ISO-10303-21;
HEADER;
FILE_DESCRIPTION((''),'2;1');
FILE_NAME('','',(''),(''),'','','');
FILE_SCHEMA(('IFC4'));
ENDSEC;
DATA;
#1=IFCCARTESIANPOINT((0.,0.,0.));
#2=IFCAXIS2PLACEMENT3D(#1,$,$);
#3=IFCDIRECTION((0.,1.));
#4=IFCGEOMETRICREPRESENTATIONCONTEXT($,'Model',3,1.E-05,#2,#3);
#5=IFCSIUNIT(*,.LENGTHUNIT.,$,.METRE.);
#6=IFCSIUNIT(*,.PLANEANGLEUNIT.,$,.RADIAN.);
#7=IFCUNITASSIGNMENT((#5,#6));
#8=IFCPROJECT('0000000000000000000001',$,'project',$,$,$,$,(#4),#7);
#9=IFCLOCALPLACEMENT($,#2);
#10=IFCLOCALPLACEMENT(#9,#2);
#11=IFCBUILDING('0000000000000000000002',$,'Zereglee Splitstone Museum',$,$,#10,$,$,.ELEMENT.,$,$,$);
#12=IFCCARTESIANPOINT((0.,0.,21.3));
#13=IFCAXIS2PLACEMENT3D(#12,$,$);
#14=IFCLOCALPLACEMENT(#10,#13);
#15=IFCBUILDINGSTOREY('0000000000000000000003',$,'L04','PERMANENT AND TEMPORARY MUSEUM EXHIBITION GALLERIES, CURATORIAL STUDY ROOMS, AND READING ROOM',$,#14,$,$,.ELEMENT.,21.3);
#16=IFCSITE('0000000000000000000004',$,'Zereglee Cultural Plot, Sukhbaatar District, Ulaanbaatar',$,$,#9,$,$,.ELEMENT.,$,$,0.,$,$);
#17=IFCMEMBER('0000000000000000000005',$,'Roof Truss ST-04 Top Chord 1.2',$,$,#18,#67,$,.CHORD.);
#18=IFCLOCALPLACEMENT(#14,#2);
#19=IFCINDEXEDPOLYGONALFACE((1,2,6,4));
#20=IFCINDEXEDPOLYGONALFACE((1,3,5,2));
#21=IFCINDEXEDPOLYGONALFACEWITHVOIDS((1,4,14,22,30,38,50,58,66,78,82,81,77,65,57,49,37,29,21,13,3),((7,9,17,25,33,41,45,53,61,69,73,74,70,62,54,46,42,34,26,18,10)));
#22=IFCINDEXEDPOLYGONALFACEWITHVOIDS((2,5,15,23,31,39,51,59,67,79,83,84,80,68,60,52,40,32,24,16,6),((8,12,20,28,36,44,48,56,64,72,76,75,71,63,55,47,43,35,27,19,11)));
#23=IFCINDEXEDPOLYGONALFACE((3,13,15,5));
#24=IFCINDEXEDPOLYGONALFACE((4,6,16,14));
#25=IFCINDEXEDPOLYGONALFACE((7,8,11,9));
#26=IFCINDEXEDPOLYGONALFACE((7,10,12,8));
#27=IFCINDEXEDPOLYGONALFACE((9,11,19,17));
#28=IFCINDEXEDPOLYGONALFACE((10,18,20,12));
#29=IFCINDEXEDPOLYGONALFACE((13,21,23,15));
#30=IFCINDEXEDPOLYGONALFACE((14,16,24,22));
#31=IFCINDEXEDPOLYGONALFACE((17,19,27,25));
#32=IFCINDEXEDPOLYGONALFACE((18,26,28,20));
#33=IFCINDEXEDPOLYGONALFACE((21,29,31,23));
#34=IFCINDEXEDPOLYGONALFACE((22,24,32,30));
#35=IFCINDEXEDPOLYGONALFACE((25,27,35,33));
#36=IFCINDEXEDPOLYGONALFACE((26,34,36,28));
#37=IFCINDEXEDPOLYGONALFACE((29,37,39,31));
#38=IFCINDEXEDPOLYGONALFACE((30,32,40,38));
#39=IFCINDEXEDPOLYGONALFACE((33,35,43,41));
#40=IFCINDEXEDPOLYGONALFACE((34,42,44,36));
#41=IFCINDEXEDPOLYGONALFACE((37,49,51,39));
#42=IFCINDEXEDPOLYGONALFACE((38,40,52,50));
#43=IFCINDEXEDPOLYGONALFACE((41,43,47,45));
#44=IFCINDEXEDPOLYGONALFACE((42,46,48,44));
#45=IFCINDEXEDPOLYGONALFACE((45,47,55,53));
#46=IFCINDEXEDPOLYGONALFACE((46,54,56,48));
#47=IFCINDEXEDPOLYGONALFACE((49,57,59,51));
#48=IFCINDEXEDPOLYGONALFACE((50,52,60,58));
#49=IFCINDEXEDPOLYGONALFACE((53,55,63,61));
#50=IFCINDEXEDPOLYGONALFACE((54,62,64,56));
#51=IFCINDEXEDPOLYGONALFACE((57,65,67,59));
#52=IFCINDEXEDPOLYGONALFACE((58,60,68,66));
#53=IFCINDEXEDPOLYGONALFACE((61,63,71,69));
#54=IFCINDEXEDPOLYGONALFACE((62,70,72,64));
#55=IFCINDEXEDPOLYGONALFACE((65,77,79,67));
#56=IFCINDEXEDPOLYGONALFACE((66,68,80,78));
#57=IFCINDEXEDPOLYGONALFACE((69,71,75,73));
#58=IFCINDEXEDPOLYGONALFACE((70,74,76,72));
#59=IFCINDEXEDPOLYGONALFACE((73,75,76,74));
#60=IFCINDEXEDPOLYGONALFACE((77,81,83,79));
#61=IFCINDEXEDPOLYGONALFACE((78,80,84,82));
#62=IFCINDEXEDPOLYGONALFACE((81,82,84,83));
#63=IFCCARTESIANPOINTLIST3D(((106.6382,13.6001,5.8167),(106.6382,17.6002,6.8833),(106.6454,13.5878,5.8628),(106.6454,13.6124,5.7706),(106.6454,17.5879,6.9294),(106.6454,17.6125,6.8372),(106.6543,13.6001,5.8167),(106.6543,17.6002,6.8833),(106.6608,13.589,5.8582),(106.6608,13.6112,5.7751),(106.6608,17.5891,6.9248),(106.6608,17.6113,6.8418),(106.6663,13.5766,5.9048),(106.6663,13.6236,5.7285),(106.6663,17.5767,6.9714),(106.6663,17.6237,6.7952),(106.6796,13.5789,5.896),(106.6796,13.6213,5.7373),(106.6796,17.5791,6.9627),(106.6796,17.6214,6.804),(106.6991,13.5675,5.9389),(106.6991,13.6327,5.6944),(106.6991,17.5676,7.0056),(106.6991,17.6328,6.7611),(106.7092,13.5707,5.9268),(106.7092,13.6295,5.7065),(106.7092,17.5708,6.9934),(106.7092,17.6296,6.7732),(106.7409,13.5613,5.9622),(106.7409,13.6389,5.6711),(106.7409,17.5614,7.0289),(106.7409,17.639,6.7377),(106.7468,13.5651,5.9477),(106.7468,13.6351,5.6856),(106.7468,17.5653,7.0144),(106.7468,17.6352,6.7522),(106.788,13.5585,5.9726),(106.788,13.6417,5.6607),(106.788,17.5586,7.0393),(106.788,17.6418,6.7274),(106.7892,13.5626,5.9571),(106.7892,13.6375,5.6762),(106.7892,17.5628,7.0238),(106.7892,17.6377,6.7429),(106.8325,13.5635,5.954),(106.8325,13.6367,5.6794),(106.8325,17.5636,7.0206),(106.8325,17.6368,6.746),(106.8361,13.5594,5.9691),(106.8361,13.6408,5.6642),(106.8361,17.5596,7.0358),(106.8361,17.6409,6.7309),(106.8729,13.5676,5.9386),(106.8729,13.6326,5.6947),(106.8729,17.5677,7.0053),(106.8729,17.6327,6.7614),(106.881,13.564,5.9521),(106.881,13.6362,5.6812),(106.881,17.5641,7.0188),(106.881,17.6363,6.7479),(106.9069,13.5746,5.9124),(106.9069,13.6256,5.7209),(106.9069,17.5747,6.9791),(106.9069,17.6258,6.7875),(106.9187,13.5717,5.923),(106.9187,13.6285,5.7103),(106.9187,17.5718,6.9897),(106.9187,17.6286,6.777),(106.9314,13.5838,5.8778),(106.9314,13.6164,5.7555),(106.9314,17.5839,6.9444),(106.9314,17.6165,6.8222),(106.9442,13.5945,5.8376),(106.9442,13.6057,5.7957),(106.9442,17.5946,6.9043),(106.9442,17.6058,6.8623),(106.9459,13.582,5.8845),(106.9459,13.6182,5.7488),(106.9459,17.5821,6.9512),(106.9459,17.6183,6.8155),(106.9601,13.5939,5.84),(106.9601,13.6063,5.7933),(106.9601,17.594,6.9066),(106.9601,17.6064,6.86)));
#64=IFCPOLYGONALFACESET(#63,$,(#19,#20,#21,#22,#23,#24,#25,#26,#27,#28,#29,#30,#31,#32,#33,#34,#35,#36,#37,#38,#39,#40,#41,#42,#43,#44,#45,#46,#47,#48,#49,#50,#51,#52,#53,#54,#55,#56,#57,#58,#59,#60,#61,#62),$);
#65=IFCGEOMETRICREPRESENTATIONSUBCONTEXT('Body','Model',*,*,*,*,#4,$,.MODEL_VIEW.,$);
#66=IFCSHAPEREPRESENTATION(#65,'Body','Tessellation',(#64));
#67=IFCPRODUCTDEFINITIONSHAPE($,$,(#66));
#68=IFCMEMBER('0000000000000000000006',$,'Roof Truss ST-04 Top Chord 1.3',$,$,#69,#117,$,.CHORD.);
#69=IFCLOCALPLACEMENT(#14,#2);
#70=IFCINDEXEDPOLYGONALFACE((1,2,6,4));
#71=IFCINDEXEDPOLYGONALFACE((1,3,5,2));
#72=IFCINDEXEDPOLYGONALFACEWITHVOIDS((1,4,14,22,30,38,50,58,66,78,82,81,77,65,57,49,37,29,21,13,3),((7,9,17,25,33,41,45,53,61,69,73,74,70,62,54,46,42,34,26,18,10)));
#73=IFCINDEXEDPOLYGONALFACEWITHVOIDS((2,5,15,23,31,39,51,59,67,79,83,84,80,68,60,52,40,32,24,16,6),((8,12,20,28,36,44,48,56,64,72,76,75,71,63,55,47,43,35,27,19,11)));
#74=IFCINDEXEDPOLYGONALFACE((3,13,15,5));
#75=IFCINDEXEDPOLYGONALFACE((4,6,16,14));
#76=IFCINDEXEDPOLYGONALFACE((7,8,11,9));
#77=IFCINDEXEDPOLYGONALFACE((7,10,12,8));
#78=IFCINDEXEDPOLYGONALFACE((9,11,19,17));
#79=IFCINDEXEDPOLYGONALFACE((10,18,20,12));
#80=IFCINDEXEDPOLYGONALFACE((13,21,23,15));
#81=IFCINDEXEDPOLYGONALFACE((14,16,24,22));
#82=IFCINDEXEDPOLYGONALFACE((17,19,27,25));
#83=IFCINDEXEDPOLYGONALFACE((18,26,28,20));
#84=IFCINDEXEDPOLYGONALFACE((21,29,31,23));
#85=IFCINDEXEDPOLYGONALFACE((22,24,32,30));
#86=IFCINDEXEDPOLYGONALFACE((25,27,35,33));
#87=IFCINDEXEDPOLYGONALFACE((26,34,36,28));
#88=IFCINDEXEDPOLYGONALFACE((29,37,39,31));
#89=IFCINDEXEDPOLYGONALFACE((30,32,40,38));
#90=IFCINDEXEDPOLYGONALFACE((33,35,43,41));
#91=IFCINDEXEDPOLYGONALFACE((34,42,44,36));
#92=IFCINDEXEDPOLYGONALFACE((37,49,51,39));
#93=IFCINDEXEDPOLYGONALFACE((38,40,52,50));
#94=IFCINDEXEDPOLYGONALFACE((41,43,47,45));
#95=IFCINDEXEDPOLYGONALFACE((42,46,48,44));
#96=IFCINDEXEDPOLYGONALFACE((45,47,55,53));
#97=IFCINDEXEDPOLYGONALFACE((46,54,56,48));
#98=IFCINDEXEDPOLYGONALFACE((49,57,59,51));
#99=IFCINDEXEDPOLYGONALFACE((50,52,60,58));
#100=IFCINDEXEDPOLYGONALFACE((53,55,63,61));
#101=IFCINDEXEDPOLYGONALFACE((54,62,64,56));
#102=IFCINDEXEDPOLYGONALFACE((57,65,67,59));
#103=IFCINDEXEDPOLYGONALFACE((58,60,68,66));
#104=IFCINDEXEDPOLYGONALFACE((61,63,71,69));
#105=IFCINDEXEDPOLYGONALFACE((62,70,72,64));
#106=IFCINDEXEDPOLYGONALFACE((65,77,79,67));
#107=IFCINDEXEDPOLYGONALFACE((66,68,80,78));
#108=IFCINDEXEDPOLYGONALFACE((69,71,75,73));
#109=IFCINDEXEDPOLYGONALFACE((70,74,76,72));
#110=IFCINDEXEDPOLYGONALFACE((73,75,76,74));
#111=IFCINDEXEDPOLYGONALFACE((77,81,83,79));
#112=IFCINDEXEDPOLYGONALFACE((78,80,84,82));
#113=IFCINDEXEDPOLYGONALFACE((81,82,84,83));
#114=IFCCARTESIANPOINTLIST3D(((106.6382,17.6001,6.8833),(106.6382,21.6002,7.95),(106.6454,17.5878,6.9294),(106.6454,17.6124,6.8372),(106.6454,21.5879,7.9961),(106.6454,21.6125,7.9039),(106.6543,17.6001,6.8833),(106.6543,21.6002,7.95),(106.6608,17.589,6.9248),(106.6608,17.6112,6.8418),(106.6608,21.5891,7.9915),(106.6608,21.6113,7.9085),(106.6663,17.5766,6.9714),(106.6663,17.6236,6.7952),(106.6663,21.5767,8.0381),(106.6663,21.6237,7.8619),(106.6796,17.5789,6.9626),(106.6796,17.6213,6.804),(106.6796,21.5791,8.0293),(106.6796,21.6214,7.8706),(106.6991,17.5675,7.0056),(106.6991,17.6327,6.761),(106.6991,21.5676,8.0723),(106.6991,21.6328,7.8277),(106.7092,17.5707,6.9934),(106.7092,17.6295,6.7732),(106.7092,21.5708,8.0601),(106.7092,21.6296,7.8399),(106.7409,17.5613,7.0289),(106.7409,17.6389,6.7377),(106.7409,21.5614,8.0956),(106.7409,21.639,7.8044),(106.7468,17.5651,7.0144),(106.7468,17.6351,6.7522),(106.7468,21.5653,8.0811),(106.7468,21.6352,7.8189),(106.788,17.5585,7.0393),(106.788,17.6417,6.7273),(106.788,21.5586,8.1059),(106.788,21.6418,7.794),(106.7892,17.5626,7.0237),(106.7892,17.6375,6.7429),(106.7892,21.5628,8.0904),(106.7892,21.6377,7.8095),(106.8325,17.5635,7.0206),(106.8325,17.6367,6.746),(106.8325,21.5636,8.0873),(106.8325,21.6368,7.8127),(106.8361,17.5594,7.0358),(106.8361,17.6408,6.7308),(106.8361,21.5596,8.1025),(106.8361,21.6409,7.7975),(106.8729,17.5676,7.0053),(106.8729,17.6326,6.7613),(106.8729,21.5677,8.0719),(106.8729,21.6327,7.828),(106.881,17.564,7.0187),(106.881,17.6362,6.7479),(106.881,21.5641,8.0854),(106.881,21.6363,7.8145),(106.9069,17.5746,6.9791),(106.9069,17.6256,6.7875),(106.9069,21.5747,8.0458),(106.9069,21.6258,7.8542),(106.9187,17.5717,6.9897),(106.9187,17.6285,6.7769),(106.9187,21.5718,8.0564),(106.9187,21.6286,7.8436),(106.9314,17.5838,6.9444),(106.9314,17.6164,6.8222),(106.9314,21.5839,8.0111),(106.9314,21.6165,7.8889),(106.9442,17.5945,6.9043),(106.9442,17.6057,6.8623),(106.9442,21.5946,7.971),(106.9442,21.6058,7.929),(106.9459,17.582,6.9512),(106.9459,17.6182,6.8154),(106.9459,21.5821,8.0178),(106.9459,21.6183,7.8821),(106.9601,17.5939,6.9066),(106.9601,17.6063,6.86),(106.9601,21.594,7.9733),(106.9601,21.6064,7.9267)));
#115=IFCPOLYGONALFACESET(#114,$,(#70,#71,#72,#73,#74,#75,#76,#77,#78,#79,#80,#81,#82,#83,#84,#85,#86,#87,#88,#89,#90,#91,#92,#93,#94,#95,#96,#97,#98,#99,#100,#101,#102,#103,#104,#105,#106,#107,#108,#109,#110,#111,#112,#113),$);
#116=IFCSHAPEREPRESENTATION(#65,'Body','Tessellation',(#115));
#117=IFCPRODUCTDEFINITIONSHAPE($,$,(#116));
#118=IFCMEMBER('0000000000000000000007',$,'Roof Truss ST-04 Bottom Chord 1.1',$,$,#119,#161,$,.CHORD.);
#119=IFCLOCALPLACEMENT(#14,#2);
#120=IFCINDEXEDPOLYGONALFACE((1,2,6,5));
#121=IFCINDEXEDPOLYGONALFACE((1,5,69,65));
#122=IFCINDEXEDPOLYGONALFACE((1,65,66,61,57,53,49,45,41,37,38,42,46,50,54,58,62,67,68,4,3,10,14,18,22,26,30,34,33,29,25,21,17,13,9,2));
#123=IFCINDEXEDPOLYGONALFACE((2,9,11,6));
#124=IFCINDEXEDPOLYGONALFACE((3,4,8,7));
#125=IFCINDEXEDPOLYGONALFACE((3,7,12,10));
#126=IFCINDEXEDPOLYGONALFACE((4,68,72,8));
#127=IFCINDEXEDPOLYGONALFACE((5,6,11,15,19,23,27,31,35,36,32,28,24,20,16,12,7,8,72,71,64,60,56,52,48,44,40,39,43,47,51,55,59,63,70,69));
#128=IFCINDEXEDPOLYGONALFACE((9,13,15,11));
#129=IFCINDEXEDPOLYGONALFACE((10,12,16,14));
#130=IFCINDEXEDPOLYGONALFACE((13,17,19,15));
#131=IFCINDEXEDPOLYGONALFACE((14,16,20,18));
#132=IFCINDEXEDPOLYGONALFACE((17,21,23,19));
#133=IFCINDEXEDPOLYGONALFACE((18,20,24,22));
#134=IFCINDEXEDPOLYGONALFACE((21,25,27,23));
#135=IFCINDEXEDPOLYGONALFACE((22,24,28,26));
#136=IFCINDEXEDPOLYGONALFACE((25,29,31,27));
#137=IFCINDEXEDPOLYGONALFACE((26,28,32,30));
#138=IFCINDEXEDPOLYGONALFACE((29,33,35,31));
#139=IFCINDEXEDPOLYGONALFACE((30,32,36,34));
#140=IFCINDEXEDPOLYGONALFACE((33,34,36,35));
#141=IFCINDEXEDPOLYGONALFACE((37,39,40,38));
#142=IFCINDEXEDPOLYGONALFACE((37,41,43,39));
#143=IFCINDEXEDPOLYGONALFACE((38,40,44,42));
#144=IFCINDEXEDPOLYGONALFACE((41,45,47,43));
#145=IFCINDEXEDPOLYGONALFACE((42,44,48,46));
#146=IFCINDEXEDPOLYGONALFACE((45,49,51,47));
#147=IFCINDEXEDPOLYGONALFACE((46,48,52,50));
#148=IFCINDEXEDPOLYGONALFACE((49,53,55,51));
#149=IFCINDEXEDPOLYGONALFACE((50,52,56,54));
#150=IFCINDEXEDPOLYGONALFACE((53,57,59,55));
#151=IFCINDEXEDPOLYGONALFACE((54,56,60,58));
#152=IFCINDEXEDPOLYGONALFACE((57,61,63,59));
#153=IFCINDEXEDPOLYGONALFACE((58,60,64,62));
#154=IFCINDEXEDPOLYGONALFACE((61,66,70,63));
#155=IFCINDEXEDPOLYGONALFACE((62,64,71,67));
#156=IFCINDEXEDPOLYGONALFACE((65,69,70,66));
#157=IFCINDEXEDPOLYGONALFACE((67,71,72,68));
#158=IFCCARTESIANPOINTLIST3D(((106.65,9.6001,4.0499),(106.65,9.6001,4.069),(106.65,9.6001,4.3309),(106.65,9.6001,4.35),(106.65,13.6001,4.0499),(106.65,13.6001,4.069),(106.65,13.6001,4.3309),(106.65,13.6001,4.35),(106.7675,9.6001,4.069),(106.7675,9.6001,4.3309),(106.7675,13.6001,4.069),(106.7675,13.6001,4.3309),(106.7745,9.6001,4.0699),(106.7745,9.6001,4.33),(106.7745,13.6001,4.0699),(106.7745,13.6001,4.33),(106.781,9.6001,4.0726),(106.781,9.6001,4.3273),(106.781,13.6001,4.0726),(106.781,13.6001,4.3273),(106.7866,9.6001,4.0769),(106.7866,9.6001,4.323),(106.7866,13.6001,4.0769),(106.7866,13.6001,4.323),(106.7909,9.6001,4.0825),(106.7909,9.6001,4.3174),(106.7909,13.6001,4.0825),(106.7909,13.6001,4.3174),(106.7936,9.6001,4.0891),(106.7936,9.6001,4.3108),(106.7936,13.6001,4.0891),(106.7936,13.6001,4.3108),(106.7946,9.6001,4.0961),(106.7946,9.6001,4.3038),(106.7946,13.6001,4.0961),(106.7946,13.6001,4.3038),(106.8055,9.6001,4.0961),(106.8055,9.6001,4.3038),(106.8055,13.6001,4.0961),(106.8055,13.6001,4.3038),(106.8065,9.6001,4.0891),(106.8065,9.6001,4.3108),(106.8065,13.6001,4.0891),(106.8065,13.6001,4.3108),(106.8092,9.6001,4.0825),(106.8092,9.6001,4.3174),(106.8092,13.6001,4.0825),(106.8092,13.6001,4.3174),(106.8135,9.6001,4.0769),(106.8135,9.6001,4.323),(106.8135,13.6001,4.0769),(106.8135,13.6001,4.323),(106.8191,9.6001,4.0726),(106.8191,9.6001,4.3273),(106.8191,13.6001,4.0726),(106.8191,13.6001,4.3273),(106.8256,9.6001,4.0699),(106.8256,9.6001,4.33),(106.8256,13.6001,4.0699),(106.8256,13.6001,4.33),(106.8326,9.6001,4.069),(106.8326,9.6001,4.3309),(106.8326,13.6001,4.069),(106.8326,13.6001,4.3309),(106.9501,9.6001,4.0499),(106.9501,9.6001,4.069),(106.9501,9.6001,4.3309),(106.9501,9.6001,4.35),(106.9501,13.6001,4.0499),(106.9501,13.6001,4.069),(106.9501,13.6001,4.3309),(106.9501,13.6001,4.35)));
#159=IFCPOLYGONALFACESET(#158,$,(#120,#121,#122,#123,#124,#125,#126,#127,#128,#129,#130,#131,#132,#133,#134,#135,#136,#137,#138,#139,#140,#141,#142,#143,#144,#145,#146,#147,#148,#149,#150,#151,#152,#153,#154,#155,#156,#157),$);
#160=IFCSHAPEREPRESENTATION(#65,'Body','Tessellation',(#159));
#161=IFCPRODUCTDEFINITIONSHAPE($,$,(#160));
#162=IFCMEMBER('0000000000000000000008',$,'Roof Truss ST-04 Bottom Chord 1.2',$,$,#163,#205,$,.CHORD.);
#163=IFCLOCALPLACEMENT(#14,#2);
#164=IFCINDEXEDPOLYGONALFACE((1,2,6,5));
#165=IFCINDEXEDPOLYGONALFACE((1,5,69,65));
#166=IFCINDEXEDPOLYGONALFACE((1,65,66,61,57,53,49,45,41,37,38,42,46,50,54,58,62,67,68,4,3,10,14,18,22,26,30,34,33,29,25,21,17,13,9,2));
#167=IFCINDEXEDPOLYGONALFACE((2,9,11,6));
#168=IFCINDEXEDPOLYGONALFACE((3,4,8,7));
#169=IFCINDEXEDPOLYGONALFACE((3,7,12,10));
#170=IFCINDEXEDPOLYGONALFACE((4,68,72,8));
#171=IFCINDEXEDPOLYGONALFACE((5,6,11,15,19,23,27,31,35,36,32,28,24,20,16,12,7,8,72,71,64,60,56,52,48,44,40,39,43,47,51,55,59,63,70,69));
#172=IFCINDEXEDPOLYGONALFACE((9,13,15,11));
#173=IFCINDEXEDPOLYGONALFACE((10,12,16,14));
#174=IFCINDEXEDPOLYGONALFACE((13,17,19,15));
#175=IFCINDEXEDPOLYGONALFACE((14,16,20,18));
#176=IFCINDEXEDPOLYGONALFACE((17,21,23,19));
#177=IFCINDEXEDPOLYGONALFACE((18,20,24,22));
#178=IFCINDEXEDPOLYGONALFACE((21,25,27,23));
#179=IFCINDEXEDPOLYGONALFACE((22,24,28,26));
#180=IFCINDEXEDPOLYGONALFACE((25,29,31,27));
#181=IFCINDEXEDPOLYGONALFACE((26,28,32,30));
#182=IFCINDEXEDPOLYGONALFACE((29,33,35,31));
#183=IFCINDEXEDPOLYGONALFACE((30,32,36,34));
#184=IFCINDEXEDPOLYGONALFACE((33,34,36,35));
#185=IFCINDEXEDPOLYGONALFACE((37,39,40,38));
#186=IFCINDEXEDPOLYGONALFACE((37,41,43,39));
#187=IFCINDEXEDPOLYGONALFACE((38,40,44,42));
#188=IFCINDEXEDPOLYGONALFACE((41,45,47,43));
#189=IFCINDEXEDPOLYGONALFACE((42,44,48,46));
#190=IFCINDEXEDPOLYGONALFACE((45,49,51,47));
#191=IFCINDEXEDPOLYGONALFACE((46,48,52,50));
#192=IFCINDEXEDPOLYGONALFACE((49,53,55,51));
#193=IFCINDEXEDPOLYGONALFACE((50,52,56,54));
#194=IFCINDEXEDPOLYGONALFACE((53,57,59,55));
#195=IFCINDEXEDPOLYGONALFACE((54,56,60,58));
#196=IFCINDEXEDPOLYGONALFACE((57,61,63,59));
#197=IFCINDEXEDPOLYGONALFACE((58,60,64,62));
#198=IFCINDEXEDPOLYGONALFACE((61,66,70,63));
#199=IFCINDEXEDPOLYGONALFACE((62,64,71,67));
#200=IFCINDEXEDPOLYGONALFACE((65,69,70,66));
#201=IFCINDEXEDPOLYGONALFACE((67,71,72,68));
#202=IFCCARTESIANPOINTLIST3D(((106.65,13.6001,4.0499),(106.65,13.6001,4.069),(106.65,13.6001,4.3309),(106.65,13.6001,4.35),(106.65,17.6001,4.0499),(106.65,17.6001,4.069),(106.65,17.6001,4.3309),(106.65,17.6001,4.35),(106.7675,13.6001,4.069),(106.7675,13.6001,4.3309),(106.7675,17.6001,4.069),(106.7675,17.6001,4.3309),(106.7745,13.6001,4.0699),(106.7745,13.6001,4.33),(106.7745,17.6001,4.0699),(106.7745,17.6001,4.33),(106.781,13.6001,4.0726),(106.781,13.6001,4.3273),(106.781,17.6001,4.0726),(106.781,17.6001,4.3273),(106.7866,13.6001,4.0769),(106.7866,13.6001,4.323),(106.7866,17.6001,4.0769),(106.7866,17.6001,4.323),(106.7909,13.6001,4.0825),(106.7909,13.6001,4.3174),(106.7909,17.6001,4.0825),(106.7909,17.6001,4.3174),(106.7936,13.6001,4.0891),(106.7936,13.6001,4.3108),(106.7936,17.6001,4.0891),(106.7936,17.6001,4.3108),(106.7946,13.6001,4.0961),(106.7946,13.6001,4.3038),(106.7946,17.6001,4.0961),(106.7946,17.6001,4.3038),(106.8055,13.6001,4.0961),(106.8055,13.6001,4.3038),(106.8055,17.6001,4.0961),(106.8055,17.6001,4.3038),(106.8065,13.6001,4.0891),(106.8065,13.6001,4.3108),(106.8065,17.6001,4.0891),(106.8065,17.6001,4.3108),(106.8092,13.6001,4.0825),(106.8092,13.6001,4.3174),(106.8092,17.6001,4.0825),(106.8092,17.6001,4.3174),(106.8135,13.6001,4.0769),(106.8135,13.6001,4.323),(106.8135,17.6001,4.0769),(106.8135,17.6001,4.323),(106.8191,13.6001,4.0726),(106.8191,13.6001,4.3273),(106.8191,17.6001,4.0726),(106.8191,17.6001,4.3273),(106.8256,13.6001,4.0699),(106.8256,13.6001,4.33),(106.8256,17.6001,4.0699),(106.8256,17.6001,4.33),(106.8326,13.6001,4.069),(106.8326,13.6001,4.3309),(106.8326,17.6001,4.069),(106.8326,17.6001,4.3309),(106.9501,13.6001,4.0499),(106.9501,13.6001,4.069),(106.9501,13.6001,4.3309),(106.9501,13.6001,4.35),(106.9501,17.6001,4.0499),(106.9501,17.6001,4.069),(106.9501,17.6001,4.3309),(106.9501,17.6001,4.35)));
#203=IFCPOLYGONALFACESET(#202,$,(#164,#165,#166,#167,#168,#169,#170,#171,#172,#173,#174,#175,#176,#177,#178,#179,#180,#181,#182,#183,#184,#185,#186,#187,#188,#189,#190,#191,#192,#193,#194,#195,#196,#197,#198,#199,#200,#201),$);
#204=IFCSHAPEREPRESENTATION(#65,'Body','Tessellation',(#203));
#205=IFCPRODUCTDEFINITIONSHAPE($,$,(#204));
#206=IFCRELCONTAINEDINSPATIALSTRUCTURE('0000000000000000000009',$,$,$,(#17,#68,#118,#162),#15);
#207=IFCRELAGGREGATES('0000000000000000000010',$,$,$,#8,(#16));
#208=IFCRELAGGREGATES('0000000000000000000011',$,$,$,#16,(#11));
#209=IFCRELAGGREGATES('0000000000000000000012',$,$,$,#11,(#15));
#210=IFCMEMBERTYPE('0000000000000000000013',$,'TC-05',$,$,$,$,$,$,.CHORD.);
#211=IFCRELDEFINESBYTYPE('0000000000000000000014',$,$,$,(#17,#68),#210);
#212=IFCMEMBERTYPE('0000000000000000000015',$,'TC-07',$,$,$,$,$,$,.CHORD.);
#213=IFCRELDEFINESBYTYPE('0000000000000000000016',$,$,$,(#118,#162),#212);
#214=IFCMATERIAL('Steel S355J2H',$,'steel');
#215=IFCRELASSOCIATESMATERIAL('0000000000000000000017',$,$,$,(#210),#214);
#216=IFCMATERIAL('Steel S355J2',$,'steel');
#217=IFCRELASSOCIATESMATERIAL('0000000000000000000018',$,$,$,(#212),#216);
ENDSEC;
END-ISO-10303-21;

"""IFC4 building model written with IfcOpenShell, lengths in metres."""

from ifc_helpers import new_model, si_unit, direction, frame, origin, origin_2d, place, context, subcontext, project, spatial, hollow_circle, i_section, extrude, material, material_profile, profile_set, type_object, element, save


model = new_model("IFC4")

# Units and contexts
model_context = context("Model", 3, precision=1e-05, world=origin(), true_north=direction((0.0, 1.0)))
body_context = subcontext(model_context, "Body", "Model", "MODEL_VIEW")
ifc_project = project(units=[si_unit("LENGTHUNIT", "METRE"), si_unit("PLANEANGLEUNIT", "RADIAN")], contexts=[model_context])

# Site, building, storey
site_placement = place(None, origin())
site = spatial("IfcSite", under=ifc_project, at=site_placement, Name="Zereglee Cultural Plot, Sukhbaatar District, Ulaanbaatar", CompositionType="ELEMENT", RefElevation=0.0)
building_placement = place(site_placement, origin())
building = spatial("IfcBuilding", under=site, at=building_placement, Name="Zereglee Splitstone Museum", CompositionType="ELEMENT")
storey_placement = place(building_placement, frame((0.0, 0.0, 21.3)))
storey = spatial("IfcBuildingStorey", under=building, at=storey_placement, Name="L04", Description="PERMANENT AND TEMPORARY MUSEUM EXHIBITION GALLERIES, CURATORIAL STUDY ROOMS, AND READING ROOM", CompositionType="ELEMENT", Elevation=21.3)

# Shared definitions
ifc_material_1 = material(Name="Steel S355J2H", Category="steel")

# Members
ifc_material_profile_1 = material_profile(ifc_material_1, hollow_circle(Radius=0.1619, WallThickness=0.0161, at=origin_2d()), Name="CHS 323.9x16")
ifc_profile_set_1 = profile_set([ifc_material_profile_1], Name="Steel S355J2H")
member_type_1 = type_object("IfcMemberType", Name="TC-05", PredefinedType="CHORD", material=ifc_profile_set_1)
for number, where, z_axis, x_axis, name in (
    (1, (106.8, 13.6001, 5.8167), (0.0, 0.966236, 0.257659), (-1.0, 0.0, 0.0), "Roof Truss ST-04 Top Chord 1.2"),
    (2, (106.8, 17.6001, 6.8833), (0.0, 0.966236, 0.257659), (-1.0, 0.0, 0.0), "Roof Truss ST-04 Top Chord 1.3"),
):
    element("IfcMember", number, at=place(storey_placement, frame(where, z_axis=z_axis, x_axis=x_axis)), inside=storey, type_object=member_type_1, Name=name, PredefinedType="CHORD", context=body_context, shape_type="SweptSolid", body=[
        extrude(hollow_circle(Radius=0.1619, WallThickness=0.0161, at=origin_2d()), origin(), (0.0, 0.0, 1.0), 4.1399),
    ])
ifc_material_2 = material(Name="Steel S355J2", Category="steel")
ifc_material_profile_2 = material_profile(ifc_material_2, i_section(OverallWidth=0.3, OverallDepth=0.3, WebThickness=0.011, FlangeThickness=0.019, FilletRadius=0.0271, at=origin_2d()), Name="HE 300 B")
ifc_profile_set_2 = profile_set([ifc_material_profile_2], Name="Steel S355J2")
member_type_2 = type_object("IfcMemberType", Name="TC-07", PredefinedType="CHORD", material=ifc_profile_set_2)
for number, where, z_axis, x_axis, name in (
    (3, (106.8, 9.6001, 4.2), (0.0, 1.0, 0.0), (-1.0, 0.0, 0.0), "Roof Truss ST-04 Bottom Chord 1.1"),
    (4, (106.8, 13.6001, 4.2), (0.0, 1.0, 0.0), (-1.0, 0.0, 0.0), "Roof Truss ST-04 Bottom Chord 1.2"),
):
    element("IfcMember", number, at=place(storey_placement, frame(where, z_axis=z_axis, x_axis=x_axis)), inside=storey, type_object=member_type_2, Name=name, PredefinedType="CHORD", context=body_context, shape_type="SweptSolid", body=[
        extrude(i_section(OverallWidth=0.3, OverallDepth=0.3, WebThickness=0.011, FlangeThickness=0.019, FilletRadius=0.0271, at=origin_2d()), origin(), (0.0, 0.0, 1.0), 4.0),
    ])

save(model, "model.ifc")
